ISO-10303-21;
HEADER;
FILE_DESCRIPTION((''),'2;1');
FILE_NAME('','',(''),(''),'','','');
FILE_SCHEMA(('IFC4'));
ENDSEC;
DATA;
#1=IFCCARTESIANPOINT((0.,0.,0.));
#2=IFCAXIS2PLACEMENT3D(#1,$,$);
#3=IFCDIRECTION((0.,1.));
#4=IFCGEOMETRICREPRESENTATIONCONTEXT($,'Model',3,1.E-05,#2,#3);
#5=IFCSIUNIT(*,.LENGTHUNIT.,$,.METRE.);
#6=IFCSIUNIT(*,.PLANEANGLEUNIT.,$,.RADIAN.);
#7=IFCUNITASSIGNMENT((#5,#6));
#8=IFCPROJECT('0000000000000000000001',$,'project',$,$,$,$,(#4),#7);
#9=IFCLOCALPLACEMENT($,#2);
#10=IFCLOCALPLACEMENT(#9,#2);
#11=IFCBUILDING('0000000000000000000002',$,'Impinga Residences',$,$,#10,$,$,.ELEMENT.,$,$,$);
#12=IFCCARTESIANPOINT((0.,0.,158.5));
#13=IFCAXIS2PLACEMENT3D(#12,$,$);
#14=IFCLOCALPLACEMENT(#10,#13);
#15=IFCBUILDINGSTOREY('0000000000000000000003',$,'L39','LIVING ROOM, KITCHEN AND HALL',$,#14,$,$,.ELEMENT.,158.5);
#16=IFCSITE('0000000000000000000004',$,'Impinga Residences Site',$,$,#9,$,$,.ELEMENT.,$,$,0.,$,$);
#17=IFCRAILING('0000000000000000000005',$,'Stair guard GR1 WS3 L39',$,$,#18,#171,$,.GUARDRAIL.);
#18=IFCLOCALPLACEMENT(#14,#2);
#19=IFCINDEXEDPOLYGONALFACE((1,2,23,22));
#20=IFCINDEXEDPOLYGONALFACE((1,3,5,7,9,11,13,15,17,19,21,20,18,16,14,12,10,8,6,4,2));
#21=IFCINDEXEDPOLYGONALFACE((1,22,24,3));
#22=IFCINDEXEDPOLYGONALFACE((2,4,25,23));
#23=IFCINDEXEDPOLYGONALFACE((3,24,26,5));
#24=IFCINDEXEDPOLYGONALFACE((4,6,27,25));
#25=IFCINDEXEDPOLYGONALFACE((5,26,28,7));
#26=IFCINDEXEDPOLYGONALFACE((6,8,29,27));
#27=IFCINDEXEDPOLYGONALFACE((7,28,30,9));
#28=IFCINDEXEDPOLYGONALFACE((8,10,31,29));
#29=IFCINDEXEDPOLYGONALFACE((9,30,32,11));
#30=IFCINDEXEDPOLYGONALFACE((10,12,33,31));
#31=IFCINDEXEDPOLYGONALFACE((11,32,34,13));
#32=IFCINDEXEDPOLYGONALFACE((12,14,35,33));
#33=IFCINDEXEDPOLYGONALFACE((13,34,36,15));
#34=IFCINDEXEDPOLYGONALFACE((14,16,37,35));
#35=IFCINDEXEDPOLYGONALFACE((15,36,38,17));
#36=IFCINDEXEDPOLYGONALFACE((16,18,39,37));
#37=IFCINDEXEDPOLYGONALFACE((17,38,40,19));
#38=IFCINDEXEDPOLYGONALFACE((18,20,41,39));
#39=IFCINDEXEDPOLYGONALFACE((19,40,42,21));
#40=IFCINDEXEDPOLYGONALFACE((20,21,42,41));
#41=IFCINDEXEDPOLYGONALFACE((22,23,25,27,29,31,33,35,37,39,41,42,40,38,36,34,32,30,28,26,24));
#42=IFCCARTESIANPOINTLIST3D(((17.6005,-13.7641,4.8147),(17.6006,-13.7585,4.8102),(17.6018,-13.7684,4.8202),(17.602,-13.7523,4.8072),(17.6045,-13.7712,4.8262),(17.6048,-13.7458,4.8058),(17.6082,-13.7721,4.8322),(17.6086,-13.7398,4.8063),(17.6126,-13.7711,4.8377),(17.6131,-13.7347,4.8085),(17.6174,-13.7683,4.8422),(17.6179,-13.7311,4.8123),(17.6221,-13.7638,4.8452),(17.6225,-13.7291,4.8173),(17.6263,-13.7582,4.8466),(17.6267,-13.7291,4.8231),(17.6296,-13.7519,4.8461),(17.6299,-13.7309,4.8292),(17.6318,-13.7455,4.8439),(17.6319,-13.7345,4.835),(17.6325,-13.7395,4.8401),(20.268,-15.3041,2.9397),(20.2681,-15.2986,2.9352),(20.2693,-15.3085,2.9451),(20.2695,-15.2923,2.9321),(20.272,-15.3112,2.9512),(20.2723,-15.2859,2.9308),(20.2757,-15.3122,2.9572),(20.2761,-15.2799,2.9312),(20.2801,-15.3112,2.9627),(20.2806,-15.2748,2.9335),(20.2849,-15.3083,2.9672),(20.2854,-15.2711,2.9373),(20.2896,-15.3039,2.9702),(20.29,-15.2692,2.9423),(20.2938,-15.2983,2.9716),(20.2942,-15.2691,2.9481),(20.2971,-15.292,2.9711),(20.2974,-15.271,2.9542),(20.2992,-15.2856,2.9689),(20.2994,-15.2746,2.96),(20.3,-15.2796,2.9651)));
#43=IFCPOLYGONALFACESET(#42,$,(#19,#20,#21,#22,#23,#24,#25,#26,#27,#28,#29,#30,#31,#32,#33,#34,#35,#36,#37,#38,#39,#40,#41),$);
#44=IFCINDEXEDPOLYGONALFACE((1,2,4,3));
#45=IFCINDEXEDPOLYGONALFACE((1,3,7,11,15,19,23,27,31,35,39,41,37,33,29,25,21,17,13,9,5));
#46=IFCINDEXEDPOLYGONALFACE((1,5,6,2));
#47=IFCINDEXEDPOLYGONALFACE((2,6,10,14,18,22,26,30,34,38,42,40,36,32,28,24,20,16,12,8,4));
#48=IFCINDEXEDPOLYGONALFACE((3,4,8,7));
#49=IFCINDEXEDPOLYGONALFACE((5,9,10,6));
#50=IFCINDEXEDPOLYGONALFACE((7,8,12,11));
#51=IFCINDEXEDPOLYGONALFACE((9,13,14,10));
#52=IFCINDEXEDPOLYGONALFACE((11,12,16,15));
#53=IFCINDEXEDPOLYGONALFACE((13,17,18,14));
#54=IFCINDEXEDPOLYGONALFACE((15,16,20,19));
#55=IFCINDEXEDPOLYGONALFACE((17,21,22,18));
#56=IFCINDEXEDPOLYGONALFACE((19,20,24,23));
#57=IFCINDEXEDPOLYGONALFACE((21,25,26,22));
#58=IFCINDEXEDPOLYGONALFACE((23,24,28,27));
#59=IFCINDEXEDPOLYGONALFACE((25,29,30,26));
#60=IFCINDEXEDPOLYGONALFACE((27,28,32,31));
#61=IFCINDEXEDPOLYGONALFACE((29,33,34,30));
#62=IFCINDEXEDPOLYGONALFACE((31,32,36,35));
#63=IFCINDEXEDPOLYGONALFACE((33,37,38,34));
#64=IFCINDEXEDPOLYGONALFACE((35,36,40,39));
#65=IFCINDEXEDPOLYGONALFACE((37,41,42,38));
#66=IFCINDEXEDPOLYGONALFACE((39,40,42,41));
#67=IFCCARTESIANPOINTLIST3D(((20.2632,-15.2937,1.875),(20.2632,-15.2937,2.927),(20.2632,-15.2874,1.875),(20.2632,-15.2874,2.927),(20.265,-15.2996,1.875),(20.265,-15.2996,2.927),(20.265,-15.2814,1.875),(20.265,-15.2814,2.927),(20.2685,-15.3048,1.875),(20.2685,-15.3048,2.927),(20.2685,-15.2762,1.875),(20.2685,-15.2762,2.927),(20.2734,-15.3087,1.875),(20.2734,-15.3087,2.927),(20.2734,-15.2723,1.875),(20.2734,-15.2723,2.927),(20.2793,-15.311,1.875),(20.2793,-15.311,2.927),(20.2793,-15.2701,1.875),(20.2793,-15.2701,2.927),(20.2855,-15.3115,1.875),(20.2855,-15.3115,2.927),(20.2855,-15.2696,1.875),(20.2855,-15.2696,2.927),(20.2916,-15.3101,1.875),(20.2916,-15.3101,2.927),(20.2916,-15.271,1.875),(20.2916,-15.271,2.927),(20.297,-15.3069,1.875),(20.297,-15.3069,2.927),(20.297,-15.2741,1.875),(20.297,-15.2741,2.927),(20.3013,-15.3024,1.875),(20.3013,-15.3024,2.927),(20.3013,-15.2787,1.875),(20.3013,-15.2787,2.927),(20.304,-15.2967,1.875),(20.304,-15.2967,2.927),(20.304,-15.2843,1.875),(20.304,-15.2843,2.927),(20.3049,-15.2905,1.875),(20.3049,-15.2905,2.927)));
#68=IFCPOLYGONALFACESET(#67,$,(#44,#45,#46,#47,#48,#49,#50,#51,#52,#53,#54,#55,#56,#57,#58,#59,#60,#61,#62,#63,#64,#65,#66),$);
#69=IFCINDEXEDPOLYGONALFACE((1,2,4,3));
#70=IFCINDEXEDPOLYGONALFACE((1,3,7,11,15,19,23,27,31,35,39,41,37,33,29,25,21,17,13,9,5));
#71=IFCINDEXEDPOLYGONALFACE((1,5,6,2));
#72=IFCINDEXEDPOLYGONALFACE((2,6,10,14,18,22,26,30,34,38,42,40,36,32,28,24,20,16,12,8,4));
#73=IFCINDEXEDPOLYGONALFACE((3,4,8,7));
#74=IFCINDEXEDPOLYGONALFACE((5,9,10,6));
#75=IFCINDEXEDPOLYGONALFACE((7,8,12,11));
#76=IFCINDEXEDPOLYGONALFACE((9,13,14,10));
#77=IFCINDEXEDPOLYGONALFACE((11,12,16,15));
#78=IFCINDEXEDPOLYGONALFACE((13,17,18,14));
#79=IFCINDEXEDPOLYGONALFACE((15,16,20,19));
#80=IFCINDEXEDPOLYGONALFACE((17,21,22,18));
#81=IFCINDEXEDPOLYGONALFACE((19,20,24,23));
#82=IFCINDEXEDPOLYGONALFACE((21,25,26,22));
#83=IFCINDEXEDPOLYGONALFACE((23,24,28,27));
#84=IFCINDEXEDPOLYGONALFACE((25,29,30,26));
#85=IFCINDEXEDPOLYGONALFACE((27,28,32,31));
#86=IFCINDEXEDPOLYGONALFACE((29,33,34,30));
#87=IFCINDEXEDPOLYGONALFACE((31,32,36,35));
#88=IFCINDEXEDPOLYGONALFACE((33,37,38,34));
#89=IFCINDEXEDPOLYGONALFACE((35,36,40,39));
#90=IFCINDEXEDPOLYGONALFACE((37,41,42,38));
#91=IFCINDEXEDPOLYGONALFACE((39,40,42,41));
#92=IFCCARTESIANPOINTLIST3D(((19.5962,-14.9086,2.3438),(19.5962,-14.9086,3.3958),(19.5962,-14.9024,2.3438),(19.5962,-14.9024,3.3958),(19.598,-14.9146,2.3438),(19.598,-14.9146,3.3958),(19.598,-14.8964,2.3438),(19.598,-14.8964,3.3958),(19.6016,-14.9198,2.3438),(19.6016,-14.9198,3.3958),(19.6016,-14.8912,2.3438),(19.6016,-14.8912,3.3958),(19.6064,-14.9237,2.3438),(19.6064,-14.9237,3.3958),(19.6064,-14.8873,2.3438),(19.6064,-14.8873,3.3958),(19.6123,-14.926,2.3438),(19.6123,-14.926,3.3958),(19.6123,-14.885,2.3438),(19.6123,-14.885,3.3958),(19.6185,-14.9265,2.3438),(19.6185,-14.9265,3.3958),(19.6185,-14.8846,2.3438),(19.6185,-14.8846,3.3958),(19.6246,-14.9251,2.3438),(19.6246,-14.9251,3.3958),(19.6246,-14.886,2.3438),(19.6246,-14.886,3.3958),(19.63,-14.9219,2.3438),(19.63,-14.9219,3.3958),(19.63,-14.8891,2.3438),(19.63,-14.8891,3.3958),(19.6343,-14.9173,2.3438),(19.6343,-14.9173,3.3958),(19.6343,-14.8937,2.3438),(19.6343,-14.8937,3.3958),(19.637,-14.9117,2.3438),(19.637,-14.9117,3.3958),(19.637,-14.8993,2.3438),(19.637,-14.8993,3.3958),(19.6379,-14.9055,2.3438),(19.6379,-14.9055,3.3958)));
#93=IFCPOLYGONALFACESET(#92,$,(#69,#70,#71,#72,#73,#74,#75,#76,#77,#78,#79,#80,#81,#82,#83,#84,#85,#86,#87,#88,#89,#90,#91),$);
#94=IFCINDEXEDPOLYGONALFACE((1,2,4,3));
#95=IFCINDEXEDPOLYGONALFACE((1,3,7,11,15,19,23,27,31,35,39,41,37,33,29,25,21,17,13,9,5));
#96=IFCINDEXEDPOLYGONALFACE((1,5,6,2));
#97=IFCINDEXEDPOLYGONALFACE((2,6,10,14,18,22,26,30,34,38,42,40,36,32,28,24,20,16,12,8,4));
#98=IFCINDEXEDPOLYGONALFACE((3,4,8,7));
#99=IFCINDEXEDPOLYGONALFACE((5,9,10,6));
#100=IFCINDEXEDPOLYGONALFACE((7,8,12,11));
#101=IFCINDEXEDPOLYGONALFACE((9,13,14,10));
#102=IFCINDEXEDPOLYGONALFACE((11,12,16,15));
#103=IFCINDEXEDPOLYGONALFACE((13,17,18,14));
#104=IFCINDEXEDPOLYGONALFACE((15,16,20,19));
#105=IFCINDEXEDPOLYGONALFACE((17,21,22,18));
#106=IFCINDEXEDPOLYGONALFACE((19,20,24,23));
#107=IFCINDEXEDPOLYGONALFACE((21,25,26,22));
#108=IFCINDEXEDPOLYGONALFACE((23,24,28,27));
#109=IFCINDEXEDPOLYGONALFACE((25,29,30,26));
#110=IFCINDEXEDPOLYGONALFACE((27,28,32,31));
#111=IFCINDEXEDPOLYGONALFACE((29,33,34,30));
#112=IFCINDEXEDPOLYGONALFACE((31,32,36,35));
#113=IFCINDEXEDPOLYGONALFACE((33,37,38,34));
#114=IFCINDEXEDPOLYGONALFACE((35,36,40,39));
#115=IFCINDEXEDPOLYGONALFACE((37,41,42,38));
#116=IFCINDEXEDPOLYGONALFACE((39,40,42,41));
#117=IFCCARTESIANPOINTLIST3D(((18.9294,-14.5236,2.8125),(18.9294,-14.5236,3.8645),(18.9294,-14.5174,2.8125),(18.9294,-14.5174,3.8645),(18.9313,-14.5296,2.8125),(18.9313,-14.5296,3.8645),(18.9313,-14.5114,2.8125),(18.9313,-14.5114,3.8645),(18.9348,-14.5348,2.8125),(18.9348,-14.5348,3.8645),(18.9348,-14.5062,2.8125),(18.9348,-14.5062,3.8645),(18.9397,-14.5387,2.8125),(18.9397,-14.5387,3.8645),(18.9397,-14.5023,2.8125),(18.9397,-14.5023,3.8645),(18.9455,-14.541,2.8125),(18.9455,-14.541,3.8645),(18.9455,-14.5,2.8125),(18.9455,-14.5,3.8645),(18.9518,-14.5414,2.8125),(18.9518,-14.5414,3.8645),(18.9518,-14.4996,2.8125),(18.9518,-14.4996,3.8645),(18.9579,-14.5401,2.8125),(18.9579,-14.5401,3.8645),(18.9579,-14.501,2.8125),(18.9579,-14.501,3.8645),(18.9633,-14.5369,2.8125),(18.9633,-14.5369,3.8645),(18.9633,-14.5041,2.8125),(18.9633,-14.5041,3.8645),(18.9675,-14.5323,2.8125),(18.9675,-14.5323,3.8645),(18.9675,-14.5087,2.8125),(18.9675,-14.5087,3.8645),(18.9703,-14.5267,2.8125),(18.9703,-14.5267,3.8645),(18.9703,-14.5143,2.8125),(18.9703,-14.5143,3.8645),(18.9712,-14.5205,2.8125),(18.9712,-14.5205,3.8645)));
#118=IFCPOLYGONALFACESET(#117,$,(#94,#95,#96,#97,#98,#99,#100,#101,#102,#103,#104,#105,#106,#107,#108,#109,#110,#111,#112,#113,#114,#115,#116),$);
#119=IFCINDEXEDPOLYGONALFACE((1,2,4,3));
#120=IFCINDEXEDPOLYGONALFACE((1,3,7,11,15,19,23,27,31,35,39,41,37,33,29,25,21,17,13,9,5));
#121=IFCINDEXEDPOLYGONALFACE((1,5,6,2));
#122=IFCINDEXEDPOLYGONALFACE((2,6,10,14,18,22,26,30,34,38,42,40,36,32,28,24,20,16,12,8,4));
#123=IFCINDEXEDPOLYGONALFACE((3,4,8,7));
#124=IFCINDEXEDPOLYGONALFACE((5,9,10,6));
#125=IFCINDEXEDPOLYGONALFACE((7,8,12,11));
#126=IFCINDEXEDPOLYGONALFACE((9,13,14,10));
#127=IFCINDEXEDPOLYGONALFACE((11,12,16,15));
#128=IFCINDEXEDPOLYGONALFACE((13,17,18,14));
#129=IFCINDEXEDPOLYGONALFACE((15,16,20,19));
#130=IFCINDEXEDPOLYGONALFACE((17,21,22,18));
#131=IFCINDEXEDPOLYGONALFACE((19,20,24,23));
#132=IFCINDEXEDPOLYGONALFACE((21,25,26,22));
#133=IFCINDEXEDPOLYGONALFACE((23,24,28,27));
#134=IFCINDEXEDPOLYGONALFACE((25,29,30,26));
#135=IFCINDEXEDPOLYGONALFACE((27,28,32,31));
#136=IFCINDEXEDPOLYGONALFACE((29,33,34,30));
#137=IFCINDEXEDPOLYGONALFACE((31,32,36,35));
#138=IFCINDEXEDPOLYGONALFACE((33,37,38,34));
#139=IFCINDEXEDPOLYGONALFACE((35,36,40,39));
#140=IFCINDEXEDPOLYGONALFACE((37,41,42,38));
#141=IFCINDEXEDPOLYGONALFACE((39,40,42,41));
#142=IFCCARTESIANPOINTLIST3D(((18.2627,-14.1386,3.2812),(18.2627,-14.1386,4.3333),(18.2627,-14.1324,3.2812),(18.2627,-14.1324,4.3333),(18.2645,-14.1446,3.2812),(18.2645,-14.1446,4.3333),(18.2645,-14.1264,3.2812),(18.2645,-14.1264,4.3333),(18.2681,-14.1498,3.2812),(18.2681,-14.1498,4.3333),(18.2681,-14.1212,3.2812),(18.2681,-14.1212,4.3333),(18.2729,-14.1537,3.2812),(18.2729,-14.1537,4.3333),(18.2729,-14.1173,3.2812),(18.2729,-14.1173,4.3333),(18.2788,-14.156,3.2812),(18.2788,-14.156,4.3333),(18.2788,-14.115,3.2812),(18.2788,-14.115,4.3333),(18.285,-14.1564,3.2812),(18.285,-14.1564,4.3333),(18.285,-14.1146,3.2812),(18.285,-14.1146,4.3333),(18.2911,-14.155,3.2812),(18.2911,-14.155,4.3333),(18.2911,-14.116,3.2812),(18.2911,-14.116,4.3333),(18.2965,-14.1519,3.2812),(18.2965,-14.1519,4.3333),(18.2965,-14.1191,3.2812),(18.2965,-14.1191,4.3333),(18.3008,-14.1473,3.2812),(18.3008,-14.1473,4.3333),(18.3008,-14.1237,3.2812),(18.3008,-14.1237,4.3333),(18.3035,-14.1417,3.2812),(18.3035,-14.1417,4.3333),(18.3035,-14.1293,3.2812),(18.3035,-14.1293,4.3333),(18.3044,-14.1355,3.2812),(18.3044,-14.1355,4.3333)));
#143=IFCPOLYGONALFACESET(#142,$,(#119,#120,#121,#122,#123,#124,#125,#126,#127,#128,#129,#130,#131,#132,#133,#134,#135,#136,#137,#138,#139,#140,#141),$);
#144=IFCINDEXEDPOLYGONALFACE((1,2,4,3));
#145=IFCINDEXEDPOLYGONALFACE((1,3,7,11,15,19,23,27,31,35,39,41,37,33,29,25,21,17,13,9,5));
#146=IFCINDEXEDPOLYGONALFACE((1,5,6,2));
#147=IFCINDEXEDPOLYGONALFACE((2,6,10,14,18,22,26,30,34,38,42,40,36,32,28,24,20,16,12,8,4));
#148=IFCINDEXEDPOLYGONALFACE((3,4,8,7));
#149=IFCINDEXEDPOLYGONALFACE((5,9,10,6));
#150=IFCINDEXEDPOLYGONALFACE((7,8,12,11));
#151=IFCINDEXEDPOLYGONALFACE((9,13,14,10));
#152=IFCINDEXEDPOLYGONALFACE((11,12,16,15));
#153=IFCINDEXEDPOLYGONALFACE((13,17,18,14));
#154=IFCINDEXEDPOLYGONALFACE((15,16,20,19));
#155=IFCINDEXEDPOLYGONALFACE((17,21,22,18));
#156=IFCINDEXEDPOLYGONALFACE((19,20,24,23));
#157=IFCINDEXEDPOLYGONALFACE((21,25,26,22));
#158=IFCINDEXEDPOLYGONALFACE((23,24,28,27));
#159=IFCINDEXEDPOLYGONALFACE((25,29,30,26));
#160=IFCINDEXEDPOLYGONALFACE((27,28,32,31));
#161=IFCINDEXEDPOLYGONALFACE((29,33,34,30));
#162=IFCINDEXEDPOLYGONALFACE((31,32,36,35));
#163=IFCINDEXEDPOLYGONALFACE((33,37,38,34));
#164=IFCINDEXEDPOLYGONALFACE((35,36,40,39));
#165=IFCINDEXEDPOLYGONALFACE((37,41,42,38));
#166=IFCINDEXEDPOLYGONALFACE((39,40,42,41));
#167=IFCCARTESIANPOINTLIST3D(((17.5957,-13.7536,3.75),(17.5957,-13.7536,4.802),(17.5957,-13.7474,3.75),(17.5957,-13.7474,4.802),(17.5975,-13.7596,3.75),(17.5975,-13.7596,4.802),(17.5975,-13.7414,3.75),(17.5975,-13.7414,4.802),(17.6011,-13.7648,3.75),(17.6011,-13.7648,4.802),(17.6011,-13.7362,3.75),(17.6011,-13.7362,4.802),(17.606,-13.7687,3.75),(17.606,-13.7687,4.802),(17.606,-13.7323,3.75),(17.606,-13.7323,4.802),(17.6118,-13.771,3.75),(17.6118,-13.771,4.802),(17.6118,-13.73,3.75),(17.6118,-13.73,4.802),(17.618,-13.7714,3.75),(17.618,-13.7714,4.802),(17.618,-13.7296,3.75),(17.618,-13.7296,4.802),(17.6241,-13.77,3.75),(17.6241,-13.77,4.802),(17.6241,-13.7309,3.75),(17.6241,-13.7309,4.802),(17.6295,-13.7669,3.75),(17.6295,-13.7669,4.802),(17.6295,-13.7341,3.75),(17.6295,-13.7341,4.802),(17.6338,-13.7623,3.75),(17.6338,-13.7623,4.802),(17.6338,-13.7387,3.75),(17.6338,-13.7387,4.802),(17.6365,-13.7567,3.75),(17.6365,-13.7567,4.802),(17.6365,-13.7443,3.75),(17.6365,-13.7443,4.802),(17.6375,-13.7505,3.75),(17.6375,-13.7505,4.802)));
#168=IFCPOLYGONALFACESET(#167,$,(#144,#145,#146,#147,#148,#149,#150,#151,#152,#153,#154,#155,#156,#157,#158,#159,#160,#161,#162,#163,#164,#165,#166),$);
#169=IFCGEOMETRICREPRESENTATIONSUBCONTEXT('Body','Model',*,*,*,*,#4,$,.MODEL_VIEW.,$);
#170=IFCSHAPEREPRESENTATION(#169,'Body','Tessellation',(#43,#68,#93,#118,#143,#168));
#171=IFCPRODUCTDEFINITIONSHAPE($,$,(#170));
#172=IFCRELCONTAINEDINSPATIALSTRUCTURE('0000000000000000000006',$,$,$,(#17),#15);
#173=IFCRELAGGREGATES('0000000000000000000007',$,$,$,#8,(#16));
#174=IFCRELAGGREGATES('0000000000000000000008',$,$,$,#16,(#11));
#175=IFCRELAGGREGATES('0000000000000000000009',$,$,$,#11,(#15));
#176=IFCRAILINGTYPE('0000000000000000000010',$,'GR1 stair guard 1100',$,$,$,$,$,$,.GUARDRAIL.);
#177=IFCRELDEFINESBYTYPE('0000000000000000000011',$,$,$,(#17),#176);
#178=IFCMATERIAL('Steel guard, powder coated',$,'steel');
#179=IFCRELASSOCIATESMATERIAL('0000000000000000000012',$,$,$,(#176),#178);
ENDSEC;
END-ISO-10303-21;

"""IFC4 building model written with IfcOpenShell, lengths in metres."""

from ifc_helpers import new_model, si_unit, direction, frame, origin, origin_2d, place, context, subcontext, project, spatial, circle, extrude, material, type_object, element, save


model = new_model("IFC4")

# Units and contexts
model_context = context("Model", 3, precision=1e-05, world=origin(), true_north=direction((0.0, 1.0)))
body_context = subcontext(model_context, "Body", "Model", "MODEL_VIEW")
ifc_project = project(units=[si_unit("LENGTHUNIT", "METRE"), si_unit("PLANEANGLEUNIT", "RADIAN")], contexts=[model_context])

# Site, building, storey
site_placement = place(None, origin())
site = spatial("IfcSite", under=ifc_project, at=site_placement, Name="Impinga Residences Site", CompositionType="ELEMENT", RefElevation=0.0)
building_placement = place(site_placement, origin())
building = spatial("IfcBuilding", under=site, at=building_placement, Name="Impinga Residences", CompositionType="ELEMENT")
storey_placement = place(building_placement, frame((0.0, 0.0, 158.5)))
storey = spatial("IfcBuildingStorey", under=building, at=storey_placement, Name="L39", Description="LIVING ROOM, KITCHEN AND HALL", CompositionType="ELEMENT", Elevation=158.5)

# Railing
ifc_material_1 = material(Name="Steel guard, powder coated", Category="steel")
railing_type_1 = type_object("IfcRailingType", Name="GR1 stair guard 1100", PredefinedType="GUARDRAIL", material=ifc_material_1)
railing_1_placement = place(storey_placement, frame((20.2839, -15.2905, 1.875)))
element("IfcRailing", 1, at=railing_1_placement, inside=storey, type_object=railing_type_1, Name="Stair guard GR1 WS3 L39", PredefinedType="GUARDRAIL", context=body_context, shape_type="SweptSolid", body=[
    extrude(circle(Radius=0.0239, at=origin_2d()), frame((0.0, 0.0, 1.0762), z_axis=(-0.739746, 0.427084, 0.519975), x_axis=(-0.499992, -0.86603, 0.0)), (0.0, 0.0, 1.0), 3.606),
    extrude(circle(Radius=0.021, at=origin_2d()), origin(), (0.0, 0.0, 1.0), 1.052),
    extrude(circle(Radius=0.021, at=origin_2d()), frame((-0.667, 0.385, 0.4688)), (0.0, 0.0, 1.0), 1.052),
    extrude(circle(Radius=0.021, at=origin_2d()), frame((-1.3337, 0.77, 0.9375)), (0.0, 0.0, 1.0), 1.052),
    extrude(circle(Radius=0.021, at=origin_2d()), frame((-2.0005, 1.155, 1.4062)), (0.0, 0.0, 1.0), 1.052),
    extrude(circle(Radius=0.021, at=origin_2d()), frame((-2.6675, 1.54, 1.875)), (0.0, 0.0, 1.0), 1.052),
])

save(model, "model.ifc")
